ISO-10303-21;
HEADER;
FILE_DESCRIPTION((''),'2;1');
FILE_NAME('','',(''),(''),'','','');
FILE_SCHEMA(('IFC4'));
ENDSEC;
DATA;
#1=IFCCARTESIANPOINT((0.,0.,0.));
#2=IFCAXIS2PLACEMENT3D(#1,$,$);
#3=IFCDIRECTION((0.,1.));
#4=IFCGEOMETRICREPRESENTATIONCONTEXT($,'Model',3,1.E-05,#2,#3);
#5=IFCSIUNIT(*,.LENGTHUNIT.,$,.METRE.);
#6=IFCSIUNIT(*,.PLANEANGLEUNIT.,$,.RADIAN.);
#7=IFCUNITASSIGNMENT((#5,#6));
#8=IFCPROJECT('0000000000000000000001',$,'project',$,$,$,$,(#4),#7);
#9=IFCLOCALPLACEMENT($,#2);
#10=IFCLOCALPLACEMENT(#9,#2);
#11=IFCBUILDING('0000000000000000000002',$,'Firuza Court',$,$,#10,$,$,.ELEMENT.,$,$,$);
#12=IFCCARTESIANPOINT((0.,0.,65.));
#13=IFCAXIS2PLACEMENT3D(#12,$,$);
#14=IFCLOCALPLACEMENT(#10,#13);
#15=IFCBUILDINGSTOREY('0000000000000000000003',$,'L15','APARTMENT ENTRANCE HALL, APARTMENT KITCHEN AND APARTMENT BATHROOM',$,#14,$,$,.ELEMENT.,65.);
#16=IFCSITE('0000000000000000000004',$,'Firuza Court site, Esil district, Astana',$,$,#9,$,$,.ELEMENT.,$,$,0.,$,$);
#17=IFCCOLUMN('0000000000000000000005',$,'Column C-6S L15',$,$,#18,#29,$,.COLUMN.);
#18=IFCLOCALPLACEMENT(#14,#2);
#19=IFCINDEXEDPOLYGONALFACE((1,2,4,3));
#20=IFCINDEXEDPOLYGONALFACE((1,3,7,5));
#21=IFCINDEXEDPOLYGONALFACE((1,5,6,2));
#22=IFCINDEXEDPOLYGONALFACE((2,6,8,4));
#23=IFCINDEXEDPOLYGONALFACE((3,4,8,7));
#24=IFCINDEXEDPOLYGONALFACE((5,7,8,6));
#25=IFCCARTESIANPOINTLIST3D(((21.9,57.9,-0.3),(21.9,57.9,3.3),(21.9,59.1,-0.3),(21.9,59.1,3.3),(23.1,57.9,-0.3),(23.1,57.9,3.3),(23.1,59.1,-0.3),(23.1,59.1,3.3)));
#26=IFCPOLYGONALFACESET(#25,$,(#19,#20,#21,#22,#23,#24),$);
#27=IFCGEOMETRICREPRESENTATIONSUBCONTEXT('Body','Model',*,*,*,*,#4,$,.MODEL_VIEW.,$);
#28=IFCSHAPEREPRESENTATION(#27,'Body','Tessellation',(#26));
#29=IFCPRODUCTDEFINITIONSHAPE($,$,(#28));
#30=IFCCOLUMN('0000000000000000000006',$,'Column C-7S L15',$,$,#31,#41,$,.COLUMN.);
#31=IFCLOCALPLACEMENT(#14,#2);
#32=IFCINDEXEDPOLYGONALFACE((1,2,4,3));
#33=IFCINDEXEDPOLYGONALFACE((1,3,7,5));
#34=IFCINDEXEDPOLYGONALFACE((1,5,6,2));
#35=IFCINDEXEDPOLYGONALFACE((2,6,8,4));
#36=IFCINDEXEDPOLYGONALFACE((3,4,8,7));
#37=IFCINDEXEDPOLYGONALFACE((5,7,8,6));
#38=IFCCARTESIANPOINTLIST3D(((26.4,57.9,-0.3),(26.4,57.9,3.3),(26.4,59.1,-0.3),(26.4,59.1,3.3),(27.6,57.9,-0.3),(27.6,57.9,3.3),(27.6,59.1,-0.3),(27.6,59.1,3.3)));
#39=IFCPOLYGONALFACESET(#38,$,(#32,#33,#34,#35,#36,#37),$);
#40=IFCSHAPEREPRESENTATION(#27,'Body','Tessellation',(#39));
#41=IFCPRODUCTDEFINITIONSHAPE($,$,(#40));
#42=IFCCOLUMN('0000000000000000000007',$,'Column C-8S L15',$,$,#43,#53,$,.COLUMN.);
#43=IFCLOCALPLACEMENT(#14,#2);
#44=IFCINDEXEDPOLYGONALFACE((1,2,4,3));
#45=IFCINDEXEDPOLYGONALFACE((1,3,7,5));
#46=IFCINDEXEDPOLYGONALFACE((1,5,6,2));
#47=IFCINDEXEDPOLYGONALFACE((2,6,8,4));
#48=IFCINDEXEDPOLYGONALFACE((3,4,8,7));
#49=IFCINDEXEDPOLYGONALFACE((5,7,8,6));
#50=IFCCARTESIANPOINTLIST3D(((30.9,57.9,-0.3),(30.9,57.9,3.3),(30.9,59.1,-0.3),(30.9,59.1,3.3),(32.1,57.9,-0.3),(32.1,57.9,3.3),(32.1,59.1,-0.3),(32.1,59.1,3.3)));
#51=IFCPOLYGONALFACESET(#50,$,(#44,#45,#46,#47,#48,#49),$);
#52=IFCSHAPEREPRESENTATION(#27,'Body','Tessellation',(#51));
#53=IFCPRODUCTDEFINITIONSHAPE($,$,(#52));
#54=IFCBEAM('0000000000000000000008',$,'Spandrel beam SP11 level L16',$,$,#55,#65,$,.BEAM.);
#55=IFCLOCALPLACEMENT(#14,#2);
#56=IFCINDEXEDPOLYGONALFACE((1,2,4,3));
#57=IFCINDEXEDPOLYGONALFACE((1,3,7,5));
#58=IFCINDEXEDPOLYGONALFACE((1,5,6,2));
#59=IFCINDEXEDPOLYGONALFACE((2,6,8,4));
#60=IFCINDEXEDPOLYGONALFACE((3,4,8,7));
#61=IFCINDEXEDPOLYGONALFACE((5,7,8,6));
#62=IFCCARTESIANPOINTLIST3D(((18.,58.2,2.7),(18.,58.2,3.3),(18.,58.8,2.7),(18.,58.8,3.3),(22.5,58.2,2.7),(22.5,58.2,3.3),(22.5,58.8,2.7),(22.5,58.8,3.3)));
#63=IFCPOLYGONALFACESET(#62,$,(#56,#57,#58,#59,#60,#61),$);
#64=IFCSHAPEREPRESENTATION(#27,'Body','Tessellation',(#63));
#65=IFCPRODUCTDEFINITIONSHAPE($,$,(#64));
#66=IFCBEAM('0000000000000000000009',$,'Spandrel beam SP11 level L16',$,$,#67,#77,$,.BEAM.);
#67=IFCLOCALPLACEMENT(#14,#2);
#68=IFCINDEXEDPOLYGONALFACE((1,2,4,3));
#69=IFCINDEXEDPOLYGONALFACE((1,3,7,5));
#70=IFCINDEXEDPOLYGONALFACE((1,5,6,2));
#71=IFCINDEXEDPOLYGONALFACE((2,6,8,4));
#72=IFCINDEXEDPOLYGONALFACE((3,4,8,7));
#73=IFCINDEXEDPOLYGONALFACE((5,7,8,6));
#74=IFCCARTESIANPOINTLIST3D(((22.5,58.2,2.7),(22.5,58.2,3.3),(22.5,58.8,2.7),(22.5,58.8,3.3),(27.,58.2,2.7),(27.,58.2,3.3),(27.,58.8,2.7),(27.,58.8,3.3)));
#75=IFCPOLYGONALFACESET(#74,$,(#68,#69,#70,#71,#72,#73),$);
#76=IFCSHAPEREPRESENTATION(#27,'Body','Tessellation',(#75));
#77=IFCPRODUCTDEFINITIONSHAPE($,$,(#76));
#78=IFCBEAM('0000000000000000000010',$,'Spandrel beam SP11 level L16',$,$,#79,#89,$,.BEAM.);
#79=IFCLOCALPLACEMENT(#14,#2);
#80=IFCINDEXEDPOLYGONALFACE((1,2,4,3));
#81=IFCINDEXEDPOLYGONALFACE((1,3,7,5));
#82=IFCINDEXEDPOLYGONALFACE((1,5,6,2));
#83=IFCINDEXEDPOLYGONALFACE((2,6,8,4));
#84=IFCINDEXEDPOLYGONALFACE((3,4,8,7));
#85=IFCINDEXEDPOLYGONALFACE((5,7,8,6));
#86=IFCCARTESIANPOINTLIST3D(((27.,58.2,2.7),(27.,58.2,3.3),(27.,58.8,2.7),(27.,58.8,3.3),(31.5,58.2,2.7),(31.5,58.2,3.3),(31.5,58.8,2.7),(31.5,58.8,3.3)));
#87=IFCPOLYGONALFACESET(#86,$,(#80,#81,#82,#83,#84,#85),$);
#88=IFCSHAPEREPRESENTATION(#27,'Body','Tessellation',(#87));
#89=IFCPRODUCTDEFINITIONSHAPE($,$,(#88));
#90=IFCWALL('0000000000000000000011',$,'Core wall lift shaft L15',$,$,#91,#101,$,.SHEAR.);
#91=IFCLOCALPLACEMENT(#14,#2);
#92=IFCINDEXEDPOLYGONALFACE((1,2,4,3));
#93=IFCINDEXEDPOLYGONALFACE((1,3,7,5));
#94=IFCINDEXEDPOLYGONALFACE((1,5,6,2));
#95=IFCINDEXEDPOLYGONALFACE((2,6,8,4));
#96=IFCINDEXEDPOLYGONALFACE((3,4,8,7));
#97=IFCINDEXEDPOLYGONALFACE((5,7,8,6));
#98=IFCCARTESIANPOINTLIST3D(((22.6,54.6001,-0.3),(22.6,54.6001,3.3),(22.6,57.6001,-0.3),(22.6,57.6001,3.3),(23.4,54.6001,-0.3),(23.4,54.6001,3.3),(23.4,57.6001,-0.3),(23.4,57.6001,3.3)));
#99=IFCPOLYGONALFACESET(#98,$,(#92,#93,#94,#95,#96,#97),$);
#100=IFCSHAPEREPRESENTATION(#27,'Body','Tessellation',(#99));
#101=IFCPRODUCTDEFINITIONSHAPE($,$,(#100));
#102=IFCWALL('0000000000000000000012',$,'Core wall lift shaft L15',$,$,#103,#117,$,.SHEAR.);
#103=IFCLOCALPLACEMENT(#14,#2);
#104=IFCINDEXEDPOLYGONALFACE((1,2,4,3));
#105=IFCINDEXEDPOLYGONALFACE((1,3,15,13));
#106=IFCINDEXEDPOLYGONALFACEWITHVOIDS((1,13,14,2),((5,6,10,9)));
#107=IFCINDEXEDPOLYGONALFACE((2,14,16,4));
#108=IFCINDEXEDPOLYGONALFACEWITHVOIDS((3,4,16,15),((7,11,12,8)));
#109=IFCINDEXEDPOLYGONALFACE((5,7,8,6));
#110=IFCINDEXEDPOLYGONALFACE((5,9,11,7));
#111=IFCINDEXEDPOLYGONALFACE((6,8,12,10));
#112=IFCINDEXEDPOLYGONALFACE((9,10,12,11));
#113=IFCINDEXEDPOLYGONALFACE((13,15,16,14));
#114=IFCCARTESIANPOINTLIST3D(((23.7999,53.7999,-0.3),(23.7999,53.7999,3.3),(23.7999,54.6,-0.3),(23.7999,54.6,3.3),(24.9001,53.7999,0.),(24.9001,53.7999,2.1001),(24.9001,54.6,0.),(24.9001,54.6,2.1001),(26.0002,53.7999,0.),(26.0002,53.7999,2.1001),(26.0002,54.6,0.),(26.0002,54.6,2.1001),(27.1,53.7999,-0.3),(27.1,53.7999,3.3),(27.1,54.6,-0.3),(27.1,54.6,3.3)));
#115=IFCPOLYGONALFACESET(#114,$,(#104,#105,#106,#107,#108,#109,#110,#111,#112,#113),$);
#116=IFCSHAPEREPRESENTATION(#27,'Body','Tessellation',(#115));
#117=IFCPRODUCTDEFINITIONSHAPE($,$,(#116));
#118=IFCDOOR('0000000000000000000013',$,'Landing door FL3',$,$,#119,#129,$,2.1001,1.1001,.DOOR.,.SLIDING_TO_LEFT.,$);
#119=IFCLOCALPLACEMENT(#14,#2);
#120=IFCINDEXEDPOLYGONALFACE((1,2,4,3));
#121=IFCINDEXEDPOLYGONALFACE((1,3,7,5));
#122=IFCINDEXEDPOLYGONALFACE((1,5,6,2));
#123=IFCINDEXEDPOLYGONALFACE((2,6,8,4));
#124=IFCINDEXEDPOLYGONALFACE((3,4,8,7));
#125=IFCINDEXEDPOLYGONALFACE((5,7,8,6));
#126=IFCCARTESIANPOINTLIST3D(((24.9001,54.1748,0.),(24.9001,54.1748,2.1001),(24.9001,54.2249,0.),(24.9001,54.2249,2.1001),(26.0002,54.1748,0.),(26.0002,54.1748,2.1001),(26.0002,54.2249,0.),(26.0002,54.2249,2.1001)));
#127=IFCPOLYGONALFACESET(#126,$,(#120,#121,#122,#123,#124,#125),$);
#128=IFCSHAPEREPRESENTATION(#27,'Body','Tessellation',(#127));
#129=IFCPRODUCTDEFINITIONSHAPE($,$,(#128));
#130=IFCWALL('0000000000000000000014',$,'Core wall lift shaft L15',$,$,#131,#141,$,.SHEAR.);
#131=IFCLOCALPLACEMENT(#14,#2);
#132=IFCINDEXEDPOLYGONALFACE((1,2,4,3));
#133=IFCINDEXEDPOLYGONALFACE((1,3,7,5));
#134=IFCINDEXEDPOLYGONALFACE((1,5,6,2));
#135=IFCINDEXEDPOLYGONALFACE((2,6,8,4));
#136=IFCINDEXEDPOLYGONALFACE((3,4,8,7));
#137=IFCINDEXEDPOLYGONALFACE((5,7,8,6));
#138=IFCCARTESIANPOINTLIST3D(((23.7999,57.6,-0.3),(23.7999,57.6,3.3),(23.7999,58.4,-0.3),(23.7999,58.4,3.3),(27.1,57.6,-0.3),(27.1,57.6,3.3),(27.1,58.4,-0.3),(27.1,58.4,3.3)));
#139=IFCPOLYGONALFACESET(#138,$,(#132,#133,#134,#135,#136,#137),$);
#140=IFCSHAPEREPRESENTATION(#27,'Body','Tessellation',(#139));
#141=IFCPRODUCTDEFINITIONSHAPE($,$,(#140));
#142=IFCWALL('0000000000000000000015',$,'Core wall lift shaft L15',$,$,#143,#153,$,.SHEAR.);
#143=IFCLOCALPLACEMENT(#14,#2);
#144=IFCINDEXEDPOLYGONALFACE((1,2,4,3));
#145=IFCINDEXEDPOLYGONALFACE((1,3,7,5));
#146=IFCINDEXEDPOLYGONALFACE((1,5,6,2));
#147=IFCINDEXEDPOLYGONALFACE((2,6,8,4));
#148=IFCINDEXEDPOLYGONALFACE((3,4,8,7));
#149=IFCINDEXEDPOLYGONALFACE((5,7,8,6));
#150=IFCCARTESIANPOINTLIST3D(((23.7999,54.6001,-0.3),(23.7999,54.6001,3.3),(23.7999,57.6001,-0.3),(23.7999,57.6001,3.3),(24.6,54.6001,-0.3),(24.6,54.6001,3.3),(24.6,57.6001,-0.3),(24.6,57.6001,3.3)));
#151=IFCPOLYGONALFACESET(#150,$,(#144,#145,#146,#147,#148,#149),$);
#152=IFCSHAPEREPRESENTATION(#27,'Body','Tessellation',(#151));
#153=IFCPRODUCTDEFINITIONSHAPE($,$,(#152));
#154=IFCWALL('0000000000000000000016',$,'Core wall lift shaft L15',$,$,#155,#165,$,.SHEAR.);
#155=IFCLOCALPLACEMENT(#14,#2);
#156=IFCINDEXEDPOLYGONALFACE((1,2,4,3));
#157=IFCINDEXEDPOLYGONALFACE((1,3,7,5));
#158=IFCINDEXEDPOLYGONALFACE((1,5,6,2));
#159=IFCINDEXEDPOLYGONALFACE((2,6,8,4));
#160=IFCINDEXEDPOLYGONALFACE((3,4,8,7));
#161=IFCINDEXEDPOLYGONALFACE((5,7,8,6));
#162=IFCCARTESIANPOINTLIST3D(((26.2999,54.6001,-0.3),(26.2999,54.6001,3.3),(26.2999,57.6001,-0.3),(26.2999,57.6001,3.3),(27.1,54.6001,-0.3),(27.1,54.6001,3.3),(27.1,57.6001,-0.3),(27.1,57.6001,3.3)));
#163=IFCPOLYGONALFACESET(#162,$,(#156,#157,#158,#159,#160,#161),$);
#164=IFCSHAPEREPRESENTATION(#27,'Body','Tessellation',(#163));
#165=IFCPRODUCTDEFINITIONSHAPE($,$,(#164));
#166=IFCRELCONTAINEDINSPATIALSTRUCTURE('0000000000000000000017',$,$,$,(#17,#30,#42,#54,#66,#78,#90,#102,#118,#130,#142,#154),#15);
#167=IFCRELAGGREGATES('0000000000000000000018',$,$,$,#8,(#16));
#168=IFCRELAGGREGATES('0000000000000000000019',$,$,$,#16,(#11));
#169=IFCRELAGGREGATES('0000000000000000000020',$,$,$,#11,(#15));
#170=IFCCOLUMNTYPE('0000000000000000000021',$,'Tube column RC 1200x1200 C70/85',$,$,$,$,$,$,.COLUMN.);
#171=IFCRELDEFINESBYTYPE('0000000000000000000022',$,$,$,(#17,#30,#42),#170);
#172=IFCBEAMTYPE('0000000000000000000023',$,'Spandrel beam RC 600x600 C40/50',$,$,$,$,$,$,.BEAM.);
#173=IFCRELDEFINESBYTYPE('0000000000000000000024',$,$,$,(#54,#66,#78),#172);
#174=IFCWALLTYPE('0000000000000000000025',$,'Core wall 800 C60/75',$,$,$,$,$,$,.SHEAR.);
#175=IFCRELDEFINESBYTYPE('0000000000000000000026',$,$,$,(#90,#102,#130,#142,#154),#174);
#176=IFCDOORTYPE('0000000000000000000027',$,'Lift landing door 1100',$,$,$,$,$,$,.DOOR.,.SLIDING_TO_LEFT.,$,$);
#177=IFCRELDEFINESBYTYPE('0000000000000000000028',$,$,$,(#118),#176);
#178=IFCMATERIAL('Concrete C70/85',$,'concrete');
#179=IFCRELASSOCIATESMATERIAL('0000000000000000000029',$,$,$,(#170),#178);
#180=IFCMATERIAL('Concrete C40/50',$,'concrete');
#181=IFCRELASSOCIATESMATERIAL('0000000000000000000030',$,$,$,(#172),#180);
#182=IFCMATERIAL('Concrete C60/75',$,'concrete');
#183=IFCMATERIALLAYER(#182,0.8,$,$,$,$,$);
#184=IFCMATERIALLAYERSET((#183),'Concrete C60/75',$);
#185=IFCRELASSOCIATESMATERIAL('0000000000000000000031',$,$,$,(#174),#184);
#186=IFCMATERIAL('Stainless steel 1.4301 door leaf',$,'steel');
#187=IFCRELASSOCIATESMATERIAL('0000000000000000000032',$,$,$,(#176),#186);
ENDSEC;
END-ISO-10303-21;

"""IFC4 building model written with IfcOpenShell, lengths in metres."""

from ifc_helpers import new_model, si_unit, direction, frame, frame_2d, origin, origin_2d, place, context, subcontext, project, spatial, rectangle, extrude, material, layer, layer_set, material_profile, profile_set, type_object, element, fill, save


model = new_model("IFC4")

# Units and contexts
model_context = context("Model", 3, precision=1e-05, world=origin(), true_north=direction((0.0, 1.0)))
body_context = subcontext(model_context, "Body", "Model", "MODEL_VIEW")
ifc_project = project(units=[si_unit("LENGTHUNIT", "METRE"), si_unit("PLANEANGLEUNIT", "RADIAN")], contexts=[model_context])

# Site, building, storey
site_placement = place(None, origin())
site = spatial("IfcSite", under=ifc_project, at=site_placement, Name="Firuza Court site, Esil district, Astana", CompositionType="ELEMENT", RefElevation=0.0)
building_placement = place(site_placement, origin())
building = spatial("IfcBuilding", under=site, at=building_placement, Name="Firuza Court", CompositionType="ELEMENT")
storey_placement = place(building_placement, frame((0.0, 0.0, 65.0)))
storey = spatial("IfcBuildingStorey", under=building, at=storey_placement, Name="L15", Description="APARTMENT ENTRANCE HALL, APARTMENT KITCHEN AND APARTMENT BATHROOM", CompositionType="ELEMENT", Elevation=65.0)

# Columns
ifc_material_1 = material(Name="Concrete C70/85", Category="concrete")
ifc_material_profile_1 = material_profile(ifc_material_1, rectangle(XDim=1.2, YDim=1.2, at=origin_2d()), Name="RC 1200x1200")
ifc_profile_set_1 = profile_set([ifc_material_profile_1], Name="Concrete C70/85")
column_type = type_object("IfcColumnType", Name="Tube column RC 1200x1200 C70/85", PredefinedType="COLUMN", material=ifc_profile_set_1)
for number, where, z_axis, x_axis, name in (
    (1, (22.5, 58.5, -0.3), (0.0, 0.0, 1.0), (1.0, 0.0, 0.0), "Column C-6S L15"),
    (2, (27.0, 58.5, -0.3), (0.0, 0.0, 1.0), (1.0, 0.0, 0.0), "Column C-7S L15"),
    (3, (31.5, 58.5, -0.3), (0.0, 0.0, 1.0), (1.0, 0.0, 0.0), "Column C-8S L15"),
):
    element("IfcColumn", number, at=place(storey_placement, frame(where, z_axis=z_axis, x_axis=x_axis)), inside=storey, type_object=column_type, Name=name, PredefinedType="COLUMN", context=body_context, shape_type="SweptSolid", body=[
        extrude(rectangle(XDim=1.2, YDim=1.2, at=origin_2d()), origin(), (0.0, 0.0, 1.0), 3.6001),
    ])

# Beams
ifc_material_2 = material(Name="Concrete C40/50", Category="concrete")
ifc_material_profile_2 = material_profile(ifc_material_2, rectangle(XDim=0.6001, YDim=0.6001, at=origin_2d()), Name="RC 600x600")
ifc_profile_set_2 = profile_set([ifc_material_profile_2], Name="Concrete C40/50")
beam_type = type_object("IfcBeamType", Name="Spandrel beam RC 600x600 C40/50", PredefinedType="BEAM", material=ifc_profile_set_2)
for number, where, z_axis, x_axis, name in (
    (4, (22.5, 58.5, 3.0), (-1.0, 0.0, 0.0), (0.0, -1.0, 0.0), "Spandrel beam SP11 level L16"),
    (5, (27.0, 58.5, 3.0), (-1.0, 0.0, 0.0), (0.0, -1.0, 0.0), "Spandrel beam SP11 level L16"),
    (6, (31.5, 58.5, 3.0), (-1.0, 0.0, 0.0), (0.0, -1.0, 0.0), "Spandrel beam SP11 level L16"),
):
    element("IfcBeam", number, at=place(storey_placement, frame(where, z_axis=z_axis, x_axis=x_axis)), inside=storey, type_object=beam_type, Name=name, PredefinedType="BEAM", context=body_context, shape_type="SweptSolid", body=[
        extrude(rectangle(XDim=0.6001, YDim=0.6001, at=origin_2d()), origin(), (0.0, 0.0, 1.0), 4.5),
    ])

# Wall
ifc_material_3 = material(Name="Concrete C60/75", Category="concrete")
ifc_layer_1 = layer(ifc_material_3, 0.8)
ifc_layer_set_1 = layer_set([ifc_layer_1], Name="Concrete C60/75")
wall_type_1 = type_object("IfcWallType", Name="Core wall 800 C60/75", PredefinedType="SHEAR", material=ifc_layer_set_1)
wall_1_placement = place(storey_placement, frame((23.0, 54.6001, -0.3), z_axis=(0.0, 0.0, 1.0), x_axis=(0.0, 1.0, 0.0)))
element("IfcWall", 7, at=wall_1_placement, inside=storey, type_object=wall_type_1, Name="Core wall lift shaft L15", PredefinedType="SHEAR", context=body_context, shape_type="SweptSolid", body=[
    extrude(rectangle(XDim=3.0, YDim=0.8, at=frame_2d((1.5, 0.0))), origin(), (0.0, 0.0, 1.0), 3.6001),
])

# Wall, opening, door
wall_2_placement = place(storey_placement, frame((23.8, 54.2, -0.3), z_axis=(0.0, 0.0, 1.0), x_axis=(1.0, 0.0, 0.0)))
wall_2 = element("IfcWall", 8, at=wall_2_placement, inside=storey, type_object=wall_type_1, Name="Core wall lift shaft L15", PredefinedType="SHEAR", context=body_context, shape_type="SweptSolid", body=[
    extrude(rectangle(XDim=3.3, YDim=0.8, at=frame_2d((1.6499, 0.0))), origin(), (0.0, 0.0, 1.0), 3.6001),
])
opening_1_placement = place(wall_2_placement, frame((1.1001, 0.0, 0.3)))
opening_1 = element("IfcOpeningElement", 9, at=opening_1_placement, cuts=wall_2, PredefinedType="OPENING", context=body_context, shape_type="SweptSolid", body=[
    extrude(rectangle(XDim=1.1001, YDim=2.1001, at=frame_2d((0.55, 1.05))), frame((0.0, 0.4121, 0.0), z_axis=(0.0, -1.0, 0.0), x_axis=(1.0, 0.0, 0.0)), (0.0, 0.0, 1.0), 0.824),
])
ifc_material_4 = material(Name="Stainless steel 1.4301 door leaf", Category="steel")
door_type_1 = type_object("IfcDoorType", Name="Lift landing door 1100", OperationType="SLIDING_TO_LEFT", PredefinedType="DOOR", material=ifc_material_4)
door_1_placement = place(opening_1_placement, origin())
door_1 = element("IfcDoor", 10, at=door_1_placement, inside=storey, type_object=door_type_1, Name="Landing door FL3", OperationType="SLIDING_TO_LEFT", OverallHeight=2.1001, OverallWidth=1.1001, PredefinedType="DOOR", context=body_context, shape_type="SweptSolid", body=[
    extrude(rectangle(XDim=1.1001, YDim=2.1001, at=frame_2d((0.55, 1.05))), frame((0.0, 0.0249, 0.0), z_axis=(0.0, -1.0, 0.0), x_axis=(1.0, 0.0, 0.0)), (0.0, 0.0, 1.0), 0.05),
])
fill(opening_1, door_1)

# Walls
wall_3_placement = place(storey_placement, frame((23.8, 58.0, -0.3), z_axis=(0.0, 0.0, 1.0), x_axis=(1.0, 0.0, 0.0)))
element("IfcWall", 11, at=wall_3_placement, inside=storey, type_object=wall_type_1, Name="Core wall lift shaft L15", PredefinedType="SHEAR", context=body_context, shape_type="SweptSolid", body=[
    extrude(rectangle(XDim=3.3, YDim=0.8, at=frame_2d((1.6499, 0.0))), origin(), (0.0, 0.0, 1.0), 3.6001),
])
for number, where, z_axis, x_axis, name in (
    (12, (24.2, 54.6001, -0.3), (0.0, 0.0, 1.0), (0.0, 1.0, 0.0), "Core wall lift shaft L15"),
    (13, (26.7, 54.6001, -0.3), (0.0, 0.0, 1.0), (0.0, 1.0, 0.0), "Core wall lift shaft L15"),
):
    element("IfcWall", number, at=place(storey_placement, frame(where, z_axis=z_axis, x_axis=x_axis)), inside=storey, type_object=wall_type_1, Name=name, PredefinedType="SHEAR", context=body_context, shape_type="SweptSolid", body=[
        extrude(rectangle(XDim=3.0, YDim=0.8, at=frame_2d((1.5, 0.0))), origin(), (0.0, 0.0, 1.0), 3.6001),
    ])

save(model, "model.ifc")
